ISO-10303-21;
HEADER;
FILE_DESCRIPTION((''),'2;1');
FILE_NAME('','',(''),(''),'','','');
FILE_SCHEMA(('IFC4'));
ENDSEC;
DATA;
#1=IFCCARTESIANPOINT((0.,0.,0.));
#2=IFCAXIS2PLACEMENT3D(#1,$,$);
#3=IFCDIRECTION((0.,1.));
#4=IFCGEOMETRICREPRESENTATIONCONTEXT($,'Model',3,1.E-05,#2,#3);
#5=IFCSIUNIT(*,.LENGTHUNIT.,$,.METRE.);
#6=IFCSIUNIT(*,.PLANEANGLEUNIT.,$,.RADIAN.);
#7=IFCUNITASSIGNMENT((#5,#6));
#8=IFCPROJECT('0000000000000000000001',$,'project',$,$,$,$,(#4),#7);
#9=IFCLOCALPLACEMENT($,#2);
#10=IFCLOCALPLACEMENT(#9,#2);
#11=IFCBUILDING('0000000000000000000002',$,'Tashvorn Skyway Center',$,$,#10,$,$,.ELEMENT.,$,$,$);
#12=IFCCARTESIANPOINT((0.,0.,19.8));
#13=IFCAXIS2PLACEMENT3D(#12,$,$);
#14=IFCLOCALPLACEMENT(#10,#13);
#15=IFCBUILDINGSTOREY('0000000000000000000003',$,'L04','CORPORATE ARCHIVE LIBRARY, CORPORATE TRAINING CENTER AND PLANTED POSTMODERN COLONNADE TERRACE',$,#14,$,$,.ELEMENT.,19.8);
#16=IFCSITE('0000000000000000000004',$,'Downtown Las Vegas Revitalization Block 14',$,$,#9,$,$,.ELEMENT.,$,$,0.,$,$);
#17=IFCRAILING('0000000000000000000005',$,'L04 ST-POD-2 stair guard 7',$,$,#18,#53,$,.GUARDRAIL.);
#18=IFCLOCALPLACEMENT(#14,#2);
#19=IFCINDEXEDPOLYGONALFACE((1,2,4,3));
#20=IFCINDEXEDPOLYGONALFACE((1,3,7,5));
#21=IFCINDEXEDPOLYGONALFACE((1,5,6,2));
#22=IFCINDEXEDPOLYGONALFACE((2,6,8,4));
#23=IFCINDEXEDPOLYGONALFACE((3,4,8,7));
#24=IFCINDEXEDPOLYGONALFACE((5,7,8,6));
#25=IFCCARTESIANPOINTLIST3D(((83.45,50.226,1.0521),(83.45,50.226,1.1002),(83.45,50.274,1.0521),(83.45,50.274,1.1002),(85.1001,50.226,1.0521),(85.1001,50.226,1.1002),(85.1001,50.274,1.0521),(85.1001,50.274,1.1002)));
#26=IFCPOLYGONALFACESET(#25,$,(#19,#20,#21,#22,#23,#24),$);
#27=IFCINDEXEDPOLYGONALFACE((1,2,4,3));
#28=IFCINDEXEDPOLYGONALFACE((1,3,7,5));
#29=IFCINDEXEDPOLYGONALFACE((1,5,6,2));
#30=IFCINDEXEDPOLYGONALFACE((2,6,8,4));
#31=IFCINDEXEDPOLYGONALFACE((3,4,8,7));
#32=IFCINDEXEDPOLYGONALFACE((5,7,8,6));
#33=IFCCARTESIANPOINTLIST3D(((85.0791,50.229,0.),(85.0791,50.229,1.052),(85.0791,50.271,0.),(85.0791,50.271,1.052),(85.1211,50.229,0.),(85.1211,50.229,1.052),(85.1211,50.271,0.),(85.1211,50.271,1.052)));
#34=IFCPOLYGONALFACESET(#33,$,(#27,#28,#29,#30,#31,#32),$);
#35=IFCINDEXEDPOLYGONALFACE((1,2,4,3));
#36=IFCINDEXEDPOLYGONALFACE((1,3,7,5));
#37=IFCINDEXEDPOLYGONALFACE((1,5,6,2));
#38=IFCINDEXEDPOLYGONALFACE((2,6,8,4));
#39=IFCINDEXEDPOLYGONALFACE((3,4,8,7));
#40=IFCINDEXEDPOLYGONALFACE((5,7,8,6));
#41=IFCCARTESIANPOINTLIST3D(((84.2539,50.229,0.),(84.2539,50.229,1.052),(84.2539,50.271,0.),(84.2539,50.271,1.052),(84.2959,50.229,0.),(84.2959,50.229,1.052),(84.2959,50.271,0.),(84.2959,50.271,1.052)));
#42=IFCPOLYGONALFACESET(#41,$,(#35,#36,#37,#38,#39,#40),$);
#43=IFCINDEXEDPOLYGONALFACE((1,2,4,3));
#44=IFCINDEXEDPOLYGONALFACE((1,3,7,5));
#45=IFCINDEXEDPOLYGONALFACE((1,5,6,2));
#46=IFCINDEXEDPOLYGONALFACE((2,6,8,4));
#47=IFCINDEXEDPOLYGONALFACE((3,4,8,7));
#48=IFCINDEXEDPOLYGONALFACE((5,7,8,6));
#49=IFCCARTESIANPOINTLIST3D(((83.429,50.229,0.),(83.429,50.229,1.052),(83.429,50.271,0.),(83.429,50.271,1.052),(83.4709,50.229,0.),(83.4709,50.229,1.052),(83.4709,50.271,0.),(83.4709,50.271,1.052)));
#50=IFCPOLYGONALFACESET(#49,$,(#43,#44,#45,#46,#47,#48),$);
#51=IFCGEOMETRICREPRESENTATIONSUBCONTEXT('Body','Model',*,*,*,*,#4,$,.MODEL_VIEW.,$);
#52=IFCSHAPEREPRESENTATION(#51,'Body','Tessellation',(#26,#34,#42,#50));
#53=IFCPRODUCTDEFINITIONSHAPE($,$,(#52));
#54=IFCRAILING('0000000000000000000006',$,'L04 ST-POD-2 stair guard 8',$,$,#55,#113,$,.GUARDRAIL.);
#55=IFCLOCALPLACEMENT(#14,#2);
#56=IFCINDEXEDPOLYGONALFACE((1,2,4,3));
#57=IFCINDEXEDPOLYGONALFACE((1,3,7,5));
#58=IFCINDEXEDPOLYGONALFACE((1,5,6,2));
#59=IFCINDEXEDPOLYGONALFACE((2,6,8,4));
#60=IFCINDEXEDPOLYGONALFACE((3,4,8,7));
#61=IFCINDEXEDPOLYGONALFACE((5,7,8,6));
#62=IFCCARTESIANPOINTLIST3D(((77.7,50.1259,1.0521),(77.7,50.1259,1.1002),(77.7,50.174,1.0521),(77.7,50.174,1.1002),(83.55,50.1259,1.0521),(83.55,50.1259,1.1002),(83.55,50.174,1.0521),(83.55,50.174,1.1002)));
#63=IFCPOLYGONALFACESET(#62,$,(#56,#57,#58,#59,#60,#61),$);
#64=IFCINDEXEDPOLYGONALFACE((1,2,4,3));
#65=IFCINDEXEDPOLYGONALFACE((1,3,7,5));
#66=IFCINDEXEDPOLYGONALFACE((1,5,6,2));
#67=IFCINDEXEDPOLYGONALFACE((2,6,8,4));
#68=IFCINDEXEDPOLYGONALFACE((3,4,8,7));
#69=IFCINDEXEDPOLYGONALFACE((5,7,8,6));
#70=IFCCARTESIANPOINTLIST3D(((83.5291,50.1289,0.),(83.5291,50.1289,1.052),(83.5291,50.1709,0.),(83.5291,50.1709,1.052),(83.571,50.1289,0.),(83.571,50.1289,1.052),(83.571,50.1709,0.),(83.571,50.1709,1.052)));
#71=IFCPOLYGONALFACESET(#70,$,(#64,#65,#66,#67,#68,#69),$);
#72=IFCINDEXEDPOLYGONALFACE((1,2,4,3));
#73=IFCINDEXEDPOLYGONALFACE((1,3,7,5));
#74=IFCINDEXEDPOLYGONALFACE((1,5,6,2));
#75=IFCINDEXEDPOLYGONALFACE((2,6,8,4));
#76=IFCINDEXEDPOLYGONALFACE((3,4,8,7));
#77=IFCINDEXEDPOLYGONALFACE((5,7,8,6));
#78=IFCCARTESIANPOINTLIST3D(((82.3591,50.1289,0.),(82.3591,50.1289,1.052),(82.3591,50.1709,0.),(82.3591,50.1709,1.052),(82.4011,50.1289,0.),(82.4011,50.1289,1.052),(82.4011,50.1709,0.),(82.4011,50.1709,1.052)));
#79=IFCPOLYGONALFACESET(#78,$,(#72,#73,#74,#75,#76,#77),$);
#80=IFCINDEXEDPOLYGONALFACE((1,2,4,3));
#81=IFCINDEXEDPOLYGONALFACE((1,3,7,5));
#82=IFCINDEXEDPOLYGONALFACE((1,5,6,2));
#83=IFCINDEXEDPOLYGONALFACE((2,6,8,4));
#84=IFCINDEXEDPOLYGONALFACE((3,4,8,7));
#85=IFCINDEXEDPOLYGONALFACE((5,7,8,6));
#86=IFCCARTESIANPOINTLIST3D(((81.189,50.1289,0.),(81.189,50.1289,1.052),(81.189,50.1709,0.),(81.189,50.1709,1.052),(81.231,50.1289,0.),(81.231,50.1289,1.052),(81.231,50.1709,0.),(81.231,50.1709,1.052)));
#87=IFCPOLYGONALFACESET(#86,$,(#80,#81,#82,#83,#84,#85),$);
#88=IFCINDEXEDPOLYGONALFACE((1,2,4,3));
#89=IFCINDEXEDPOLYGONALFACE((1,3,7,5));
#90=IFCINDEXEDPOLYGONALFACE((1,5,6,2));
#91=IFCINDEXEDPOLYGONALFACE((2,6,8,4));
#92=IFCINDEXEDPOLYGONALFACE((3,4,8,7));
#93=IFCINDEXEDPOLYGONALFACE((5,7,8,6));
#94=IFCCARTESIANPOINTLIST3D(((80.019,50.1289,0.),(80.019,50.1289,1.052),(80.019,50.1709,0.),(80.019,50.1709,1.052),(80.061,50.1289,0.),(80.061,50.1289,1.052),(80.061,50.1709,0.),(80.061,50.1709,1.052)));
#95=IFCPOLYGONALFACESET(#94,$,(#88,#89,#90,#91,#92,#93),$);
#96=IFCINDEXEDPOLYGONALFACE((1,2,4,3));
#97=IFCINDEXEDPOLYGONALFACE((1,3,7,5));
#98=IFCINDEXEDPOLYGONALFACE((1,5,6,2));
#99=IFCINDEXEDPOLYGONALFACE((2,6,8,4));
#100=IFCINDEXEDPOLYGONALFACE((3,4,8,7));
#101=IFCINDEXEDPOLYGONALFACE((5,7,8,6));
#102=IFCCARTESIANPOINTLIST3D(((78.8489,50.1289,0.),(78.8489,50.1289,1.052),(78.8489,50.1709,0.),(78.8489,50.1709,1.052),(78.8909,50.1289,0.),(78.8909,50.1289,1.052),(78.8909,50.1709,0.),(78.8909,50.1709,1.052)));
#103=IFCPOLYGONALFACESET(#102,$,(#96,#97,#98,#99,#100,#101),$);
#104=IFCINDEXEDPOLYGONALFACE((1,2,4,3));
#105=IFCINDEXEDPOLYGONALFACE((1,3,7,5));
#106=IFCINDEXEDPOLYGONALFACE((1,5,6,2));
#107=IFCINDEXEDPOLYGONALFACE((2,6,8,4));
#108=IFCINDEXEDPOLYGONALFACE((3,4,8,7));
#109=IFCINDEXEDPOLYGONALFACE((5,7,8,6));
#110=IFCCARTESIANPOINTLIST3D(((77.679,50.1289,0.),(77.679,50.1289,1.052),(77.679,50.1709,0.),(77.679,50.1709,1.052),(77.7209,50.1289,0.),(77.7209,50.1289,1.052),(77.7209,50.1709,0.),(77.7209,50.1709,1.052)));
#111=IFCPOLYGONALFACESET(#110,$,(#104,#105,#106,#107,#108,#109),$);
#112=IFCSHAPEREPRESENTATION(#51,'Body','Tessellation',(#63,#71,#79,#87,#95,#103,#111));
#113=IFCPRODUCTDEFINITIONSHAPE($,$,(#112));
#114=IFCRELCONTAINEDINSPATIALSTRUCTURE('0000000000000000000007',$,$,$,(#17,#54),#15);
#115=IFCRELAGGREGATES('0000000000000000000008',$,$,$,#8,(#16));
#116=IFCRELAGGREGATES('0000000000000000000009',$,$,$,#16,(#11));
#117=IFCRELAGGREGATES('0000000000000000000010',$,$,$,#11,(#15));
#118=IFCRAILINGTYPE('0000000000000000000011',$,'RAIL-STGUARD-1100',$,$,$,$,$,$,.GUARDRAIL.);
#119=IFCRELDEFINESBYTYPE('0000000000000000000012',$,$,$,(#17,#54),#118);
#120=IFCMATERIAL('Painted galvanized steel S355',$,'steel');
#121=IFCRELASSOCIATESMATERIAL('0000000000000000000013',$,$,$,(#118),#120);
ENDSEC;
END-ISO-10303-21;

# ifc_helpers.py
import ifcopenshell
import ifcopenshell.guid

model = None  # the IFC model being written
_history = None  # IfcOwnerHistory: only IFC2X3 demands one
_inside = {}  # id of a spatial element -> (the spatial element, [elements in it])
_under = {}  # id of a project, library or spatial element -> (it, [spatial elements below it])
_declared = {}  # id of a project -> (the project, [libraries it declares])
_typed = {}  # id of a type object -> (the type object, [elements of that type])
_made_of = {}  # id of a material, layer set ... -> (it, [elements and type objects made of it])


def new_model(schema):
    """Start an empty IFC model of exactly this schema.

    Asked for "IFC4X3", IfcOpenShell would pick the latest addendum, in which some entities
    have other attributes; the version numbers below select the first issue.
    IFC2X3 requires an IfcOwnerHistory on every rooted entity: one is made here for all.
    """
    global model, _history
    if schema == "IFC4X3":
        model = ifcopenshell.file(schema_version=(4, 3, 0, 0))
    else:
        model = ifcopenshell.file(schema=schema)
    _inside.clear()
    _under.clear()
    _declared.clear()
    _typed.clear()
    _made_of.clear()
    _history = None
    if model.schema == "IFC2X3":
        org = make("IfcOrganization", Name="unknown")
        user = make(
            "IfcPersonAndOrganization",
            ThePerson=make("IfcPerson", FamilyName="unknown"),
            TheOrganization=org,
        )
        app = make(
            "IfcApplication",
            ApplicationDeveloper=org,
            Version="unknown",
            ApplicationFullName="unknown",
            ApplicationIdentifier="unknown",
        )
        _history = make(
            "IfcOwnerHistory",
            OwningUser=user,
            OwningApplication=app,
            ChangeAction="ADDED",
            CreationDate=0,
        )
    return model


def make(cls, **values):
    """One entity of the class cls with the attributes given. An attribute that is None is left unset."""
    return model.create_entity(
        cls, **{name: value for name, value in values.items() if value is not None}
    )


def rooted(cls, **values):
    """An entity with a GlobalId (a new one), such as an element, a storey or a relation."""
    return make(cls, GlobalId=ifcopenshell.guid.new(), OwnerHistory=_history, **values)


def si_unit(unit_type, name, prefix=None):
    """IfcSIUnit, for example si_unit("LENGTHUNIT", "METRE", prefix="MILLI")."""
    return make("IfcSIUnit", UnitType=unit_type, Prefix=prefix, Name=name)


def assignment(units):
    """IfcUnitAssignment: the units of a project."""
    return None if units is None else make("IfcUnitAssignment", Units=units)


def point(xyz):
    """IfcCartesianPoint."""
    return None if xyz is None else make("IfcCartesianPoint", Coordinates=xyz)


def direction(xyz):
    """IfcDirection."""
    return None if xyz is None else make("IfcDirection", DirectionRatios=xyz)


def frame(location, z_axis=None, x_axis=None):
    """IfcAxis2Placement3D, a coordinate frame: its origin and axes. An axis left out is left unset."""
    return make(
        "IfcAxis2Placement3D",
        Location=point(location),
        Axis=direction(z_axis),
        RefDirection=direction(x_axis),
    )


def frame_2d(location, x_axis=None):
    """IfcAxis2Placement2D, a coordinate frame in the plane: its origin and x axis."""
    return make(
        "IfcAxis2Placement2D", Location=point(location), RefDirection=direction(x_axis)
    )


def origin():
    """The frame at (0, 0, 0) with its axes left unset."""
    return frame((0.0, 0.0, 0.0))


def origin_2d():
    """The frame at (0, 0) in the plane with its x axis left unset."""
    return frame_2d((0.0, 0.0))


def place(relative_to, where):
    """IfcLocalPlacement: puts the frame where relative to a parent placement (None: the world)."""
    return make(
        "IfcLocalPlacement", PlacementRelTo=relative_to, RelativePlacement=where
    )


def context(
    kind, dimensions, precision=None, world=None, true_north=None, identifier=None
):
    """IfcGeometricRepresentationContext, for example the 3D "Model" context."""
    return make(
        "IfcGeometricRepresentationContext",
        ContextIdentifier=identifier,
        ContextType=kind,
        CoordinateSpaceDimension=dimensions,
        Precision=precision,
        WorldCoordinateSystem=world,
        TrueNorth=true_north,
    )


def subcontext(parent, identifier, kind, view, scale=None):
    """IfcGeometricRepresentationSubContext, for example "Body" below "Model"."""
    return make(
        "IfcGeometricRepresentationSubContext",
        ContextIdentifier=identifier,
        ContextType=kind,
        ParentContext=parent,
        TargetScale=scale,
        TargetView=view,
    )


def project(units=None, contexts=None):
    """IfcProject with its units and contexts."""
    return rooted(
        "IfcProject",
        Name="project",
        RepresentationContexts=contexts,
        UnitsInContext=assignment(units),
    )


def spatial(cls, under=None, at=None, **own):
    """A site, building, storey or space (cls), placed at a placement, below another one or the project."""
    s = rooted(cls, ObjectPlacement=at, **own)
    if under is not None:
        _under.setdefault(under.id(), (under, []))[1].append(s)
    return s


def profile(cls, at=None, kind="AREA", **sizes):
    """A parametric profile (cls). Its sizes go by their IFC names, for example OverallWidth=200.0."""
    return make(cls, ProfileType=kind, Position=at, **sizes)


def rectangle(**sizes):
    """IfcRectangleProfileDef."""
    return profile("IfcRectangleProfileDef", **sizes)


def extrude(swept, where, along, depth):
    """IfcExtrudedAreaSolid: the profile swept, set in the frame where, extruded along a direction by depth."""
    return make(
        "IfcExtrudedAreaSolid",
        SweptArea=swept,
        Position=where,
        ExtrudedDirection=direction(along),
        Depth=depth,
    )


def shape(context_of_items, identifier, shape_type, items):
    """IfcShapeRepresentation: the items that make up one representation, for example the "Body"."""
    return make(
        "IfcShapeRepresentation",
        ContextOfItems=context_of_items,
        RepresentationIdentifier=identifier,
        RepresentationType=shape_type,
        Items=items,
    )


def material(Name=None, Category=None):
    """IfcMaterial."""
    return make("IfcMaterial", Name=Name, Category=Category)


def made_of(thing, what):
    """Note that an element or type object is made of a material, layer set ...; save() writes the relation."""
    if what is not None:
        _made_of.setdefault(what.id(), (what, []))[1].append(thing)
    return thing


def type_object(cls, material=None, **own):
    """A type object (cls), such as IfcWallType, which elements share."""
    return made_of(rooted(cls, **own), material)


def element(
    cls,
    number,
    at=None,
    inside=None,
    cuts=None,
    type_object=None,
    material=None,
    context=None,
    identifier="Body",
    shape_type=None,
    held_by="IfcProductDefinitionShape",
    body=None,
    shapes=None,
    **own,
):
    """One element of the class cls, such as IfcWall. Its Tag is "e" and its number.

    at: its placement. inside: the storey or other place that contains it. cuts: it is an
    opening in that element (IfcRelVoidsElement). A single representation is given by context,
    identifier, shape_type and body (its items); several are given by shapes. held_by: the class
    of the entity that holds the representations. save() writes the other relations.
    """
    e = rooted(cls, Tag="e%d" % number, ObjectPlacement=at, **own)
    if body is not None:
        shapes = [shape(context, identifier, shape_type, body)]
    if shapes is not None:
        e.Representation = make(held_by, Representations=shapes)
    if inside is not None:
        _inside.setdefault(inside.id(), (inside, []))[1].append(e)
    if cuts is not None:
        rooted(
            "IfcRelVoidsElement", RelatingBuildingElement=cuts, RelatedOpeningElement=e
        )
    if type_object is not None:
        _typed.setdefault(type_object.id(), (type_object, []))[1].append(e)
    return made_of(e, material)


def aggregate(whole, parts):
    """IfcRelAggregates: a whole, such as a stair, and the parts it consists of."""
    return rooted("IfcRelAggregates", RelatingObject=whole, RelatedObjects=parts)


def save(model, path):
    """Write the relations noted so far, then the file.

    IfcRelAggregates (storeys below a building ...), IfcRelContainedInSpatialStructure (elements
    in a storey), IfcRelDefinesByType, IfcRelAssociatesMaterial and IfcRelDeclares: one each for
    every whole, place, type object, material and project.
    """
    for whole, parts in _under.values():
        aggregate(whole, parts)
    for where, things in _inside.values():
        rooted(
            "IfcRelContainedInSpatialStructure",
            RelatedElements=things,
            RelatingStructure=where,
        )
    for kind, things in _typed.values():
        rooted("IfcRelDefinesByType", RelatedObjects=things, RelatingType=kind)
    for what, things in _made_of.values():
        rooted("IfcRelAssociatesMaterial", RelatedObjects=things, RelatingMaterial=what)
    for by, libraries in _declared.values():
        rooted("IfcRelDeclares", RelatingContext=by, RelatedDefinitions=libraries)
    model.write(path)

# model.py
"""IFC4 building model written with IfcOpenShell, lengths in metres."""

from ifc_helpers import new_model, si_unit, direction, frame, origin, origin_2d, place, context, subcontext, project, spatial, rectangle, extrude, material, type_object, element, save


model = new_model("IFC4")

# Units and contexts
model_context = context("Model", 3, precision=1e-05, world=origin(), true_north=direction((0.0, 1.0)))
body_context = subcontext(model_context, "Body", "Model", "MODEL_VIEW")
ifc_project = project(units=[si_unit("LENGTHUNIT", "METRE"), si_unit("PLANEANGLEUNIT", "RADIAN")], contexts=[model_context])

# Site, building, storey
site_placement = place(None, origin())
site = spatial("IfcSite", under=ifc_project, at=site_placement, Name="Downtown Las Vegas Revitalization Block 14", CompositionType="ELEMENT", RefElevation=0.0)
building_placement = place(site_placement, origin())
building = spatial("IfcBuilding", under=site, at=building_placement, Name="Tashvorn Skyway Center", CompositionType="ELEMENT")
storey_placement = place(building_placement, frame((0.0, 0.0, 19.8)))
storey = spatial("IfcBuildingStorey", under=building, at=storey_placement, Name="L04", Description="CORPORATE ARCHIVE LIBRARY, CORPORATE TRAINING CENTER AND PLANTED POSTMODERN COLONNADE TERRACE", CompositionType="ELEMENT", Elevation=19.8)

# Railings
ifc_material_1 = material(Name="Painted galvanized steel S355", Category="steel")
railing_type_1 = type_object("IfcRailingType", Name="RAIL-STGUARD-1100", PredefinedType="GUARDRAIL", material=ifc_material_1)
railing_1_placement = place(storey_placement, frame((85.1001, 50.25, 0.0)))
element("IfcRailing", 1, at=railing_1_placement, inside=storey, type_object=railing_type_1, Name="L04 ST-POD-2 stair guard 7", PredefinedType="GUARDRAIL", context=body_context, shape_type="SweptSolid", body=[
    extrude(rectangle(XDim=0.0481, YDim=0.0481, at=origin_2d()), frame((0.0, 0.0, 1.0762), z_axis=(-1.0, 0.0, 0.0), x_axis=(0.0, -1.0, 0.0)), (0.0, 0.0, 1.0), 1.6501),
    extrude(rectangle(XDim=0.042, YDim=0.042, at=origin_2d()), origin(), (0.0, 0.0, 1.0), 1.052),
    extrude(rectangle(XDim=0.042, YDim=0.042, at=origin_2d()), frame((-0.8252, 0.0, 0.0)), (0.0, 0.0, 1.0), 1.052),
    extrude(rectangle(XDim=0.042, YDim=0.042, at=origin_2d()), frame((-1.6501, 0.0, 0.0)), (0.0, 0.0, 1.0), 1.052),
])
railing_2_placement = place(storey_placement, frame((83.55, 50.1499, 0.0)))
element("IfcRailing", 2, at=railing_2_placement, inside=storey, type_object=railing_type_1, Name="L04 ST-POD-2 stair guard 8", PredefinedType="GUARDRAIL", context=body_context, shape_type="SweptSolid", body=[
    extrude(rectangle(XDim=0.0481, YDim=0.0481, at=origin_2d()), frame((0.0, 0.0, 1.0762), z_axis=(-1.0, 0.0, 0.0), x_axis=(0.0, -1.0, 0.0)), (0.0, 0.0, 1.0), 5.8501),
    extrude(rectangle(XDim=0.042, YDim=0.042, at=origin_2d()), origin(), (0.0, 0.0, 1.0), 1.052),
    extrude(rectangle(XDim=0.042, YDim=0.042, at=origin_2d()), frame((-1.1699, 0.0, 0.0)), (0.0, 0.0, 1.0), 1.052),
    extrude(rectangle(XDim=0.042, YDim=0.042, at=origin_2d()), frame((-2.3401, 0.0, 0.0)), (0.0, 0.0, 1.0), 1.052),
    extrude(rectangle(XDim=0.042, YDim=0.042, at=origin_2d()), frame((-3.51, 0.0, 0.0)), (0.0, 0.0, 1.0), 1.052),
    extrude(rectangle(XDim=0.042, YDim=0.042, at=origin_2d()), frame((-4.6802, 0.0, 0.0)), (0.0, 0.0, 1.0), 1.052),
    extrude(rectangle(XDim=0.042, YDim=0.042, at=origin_2d()), frame((-5.8501, 0.0, 0.0)), (0.0, 0.0, 1.0), 1.052),
])

save(model, "model.ifc")
